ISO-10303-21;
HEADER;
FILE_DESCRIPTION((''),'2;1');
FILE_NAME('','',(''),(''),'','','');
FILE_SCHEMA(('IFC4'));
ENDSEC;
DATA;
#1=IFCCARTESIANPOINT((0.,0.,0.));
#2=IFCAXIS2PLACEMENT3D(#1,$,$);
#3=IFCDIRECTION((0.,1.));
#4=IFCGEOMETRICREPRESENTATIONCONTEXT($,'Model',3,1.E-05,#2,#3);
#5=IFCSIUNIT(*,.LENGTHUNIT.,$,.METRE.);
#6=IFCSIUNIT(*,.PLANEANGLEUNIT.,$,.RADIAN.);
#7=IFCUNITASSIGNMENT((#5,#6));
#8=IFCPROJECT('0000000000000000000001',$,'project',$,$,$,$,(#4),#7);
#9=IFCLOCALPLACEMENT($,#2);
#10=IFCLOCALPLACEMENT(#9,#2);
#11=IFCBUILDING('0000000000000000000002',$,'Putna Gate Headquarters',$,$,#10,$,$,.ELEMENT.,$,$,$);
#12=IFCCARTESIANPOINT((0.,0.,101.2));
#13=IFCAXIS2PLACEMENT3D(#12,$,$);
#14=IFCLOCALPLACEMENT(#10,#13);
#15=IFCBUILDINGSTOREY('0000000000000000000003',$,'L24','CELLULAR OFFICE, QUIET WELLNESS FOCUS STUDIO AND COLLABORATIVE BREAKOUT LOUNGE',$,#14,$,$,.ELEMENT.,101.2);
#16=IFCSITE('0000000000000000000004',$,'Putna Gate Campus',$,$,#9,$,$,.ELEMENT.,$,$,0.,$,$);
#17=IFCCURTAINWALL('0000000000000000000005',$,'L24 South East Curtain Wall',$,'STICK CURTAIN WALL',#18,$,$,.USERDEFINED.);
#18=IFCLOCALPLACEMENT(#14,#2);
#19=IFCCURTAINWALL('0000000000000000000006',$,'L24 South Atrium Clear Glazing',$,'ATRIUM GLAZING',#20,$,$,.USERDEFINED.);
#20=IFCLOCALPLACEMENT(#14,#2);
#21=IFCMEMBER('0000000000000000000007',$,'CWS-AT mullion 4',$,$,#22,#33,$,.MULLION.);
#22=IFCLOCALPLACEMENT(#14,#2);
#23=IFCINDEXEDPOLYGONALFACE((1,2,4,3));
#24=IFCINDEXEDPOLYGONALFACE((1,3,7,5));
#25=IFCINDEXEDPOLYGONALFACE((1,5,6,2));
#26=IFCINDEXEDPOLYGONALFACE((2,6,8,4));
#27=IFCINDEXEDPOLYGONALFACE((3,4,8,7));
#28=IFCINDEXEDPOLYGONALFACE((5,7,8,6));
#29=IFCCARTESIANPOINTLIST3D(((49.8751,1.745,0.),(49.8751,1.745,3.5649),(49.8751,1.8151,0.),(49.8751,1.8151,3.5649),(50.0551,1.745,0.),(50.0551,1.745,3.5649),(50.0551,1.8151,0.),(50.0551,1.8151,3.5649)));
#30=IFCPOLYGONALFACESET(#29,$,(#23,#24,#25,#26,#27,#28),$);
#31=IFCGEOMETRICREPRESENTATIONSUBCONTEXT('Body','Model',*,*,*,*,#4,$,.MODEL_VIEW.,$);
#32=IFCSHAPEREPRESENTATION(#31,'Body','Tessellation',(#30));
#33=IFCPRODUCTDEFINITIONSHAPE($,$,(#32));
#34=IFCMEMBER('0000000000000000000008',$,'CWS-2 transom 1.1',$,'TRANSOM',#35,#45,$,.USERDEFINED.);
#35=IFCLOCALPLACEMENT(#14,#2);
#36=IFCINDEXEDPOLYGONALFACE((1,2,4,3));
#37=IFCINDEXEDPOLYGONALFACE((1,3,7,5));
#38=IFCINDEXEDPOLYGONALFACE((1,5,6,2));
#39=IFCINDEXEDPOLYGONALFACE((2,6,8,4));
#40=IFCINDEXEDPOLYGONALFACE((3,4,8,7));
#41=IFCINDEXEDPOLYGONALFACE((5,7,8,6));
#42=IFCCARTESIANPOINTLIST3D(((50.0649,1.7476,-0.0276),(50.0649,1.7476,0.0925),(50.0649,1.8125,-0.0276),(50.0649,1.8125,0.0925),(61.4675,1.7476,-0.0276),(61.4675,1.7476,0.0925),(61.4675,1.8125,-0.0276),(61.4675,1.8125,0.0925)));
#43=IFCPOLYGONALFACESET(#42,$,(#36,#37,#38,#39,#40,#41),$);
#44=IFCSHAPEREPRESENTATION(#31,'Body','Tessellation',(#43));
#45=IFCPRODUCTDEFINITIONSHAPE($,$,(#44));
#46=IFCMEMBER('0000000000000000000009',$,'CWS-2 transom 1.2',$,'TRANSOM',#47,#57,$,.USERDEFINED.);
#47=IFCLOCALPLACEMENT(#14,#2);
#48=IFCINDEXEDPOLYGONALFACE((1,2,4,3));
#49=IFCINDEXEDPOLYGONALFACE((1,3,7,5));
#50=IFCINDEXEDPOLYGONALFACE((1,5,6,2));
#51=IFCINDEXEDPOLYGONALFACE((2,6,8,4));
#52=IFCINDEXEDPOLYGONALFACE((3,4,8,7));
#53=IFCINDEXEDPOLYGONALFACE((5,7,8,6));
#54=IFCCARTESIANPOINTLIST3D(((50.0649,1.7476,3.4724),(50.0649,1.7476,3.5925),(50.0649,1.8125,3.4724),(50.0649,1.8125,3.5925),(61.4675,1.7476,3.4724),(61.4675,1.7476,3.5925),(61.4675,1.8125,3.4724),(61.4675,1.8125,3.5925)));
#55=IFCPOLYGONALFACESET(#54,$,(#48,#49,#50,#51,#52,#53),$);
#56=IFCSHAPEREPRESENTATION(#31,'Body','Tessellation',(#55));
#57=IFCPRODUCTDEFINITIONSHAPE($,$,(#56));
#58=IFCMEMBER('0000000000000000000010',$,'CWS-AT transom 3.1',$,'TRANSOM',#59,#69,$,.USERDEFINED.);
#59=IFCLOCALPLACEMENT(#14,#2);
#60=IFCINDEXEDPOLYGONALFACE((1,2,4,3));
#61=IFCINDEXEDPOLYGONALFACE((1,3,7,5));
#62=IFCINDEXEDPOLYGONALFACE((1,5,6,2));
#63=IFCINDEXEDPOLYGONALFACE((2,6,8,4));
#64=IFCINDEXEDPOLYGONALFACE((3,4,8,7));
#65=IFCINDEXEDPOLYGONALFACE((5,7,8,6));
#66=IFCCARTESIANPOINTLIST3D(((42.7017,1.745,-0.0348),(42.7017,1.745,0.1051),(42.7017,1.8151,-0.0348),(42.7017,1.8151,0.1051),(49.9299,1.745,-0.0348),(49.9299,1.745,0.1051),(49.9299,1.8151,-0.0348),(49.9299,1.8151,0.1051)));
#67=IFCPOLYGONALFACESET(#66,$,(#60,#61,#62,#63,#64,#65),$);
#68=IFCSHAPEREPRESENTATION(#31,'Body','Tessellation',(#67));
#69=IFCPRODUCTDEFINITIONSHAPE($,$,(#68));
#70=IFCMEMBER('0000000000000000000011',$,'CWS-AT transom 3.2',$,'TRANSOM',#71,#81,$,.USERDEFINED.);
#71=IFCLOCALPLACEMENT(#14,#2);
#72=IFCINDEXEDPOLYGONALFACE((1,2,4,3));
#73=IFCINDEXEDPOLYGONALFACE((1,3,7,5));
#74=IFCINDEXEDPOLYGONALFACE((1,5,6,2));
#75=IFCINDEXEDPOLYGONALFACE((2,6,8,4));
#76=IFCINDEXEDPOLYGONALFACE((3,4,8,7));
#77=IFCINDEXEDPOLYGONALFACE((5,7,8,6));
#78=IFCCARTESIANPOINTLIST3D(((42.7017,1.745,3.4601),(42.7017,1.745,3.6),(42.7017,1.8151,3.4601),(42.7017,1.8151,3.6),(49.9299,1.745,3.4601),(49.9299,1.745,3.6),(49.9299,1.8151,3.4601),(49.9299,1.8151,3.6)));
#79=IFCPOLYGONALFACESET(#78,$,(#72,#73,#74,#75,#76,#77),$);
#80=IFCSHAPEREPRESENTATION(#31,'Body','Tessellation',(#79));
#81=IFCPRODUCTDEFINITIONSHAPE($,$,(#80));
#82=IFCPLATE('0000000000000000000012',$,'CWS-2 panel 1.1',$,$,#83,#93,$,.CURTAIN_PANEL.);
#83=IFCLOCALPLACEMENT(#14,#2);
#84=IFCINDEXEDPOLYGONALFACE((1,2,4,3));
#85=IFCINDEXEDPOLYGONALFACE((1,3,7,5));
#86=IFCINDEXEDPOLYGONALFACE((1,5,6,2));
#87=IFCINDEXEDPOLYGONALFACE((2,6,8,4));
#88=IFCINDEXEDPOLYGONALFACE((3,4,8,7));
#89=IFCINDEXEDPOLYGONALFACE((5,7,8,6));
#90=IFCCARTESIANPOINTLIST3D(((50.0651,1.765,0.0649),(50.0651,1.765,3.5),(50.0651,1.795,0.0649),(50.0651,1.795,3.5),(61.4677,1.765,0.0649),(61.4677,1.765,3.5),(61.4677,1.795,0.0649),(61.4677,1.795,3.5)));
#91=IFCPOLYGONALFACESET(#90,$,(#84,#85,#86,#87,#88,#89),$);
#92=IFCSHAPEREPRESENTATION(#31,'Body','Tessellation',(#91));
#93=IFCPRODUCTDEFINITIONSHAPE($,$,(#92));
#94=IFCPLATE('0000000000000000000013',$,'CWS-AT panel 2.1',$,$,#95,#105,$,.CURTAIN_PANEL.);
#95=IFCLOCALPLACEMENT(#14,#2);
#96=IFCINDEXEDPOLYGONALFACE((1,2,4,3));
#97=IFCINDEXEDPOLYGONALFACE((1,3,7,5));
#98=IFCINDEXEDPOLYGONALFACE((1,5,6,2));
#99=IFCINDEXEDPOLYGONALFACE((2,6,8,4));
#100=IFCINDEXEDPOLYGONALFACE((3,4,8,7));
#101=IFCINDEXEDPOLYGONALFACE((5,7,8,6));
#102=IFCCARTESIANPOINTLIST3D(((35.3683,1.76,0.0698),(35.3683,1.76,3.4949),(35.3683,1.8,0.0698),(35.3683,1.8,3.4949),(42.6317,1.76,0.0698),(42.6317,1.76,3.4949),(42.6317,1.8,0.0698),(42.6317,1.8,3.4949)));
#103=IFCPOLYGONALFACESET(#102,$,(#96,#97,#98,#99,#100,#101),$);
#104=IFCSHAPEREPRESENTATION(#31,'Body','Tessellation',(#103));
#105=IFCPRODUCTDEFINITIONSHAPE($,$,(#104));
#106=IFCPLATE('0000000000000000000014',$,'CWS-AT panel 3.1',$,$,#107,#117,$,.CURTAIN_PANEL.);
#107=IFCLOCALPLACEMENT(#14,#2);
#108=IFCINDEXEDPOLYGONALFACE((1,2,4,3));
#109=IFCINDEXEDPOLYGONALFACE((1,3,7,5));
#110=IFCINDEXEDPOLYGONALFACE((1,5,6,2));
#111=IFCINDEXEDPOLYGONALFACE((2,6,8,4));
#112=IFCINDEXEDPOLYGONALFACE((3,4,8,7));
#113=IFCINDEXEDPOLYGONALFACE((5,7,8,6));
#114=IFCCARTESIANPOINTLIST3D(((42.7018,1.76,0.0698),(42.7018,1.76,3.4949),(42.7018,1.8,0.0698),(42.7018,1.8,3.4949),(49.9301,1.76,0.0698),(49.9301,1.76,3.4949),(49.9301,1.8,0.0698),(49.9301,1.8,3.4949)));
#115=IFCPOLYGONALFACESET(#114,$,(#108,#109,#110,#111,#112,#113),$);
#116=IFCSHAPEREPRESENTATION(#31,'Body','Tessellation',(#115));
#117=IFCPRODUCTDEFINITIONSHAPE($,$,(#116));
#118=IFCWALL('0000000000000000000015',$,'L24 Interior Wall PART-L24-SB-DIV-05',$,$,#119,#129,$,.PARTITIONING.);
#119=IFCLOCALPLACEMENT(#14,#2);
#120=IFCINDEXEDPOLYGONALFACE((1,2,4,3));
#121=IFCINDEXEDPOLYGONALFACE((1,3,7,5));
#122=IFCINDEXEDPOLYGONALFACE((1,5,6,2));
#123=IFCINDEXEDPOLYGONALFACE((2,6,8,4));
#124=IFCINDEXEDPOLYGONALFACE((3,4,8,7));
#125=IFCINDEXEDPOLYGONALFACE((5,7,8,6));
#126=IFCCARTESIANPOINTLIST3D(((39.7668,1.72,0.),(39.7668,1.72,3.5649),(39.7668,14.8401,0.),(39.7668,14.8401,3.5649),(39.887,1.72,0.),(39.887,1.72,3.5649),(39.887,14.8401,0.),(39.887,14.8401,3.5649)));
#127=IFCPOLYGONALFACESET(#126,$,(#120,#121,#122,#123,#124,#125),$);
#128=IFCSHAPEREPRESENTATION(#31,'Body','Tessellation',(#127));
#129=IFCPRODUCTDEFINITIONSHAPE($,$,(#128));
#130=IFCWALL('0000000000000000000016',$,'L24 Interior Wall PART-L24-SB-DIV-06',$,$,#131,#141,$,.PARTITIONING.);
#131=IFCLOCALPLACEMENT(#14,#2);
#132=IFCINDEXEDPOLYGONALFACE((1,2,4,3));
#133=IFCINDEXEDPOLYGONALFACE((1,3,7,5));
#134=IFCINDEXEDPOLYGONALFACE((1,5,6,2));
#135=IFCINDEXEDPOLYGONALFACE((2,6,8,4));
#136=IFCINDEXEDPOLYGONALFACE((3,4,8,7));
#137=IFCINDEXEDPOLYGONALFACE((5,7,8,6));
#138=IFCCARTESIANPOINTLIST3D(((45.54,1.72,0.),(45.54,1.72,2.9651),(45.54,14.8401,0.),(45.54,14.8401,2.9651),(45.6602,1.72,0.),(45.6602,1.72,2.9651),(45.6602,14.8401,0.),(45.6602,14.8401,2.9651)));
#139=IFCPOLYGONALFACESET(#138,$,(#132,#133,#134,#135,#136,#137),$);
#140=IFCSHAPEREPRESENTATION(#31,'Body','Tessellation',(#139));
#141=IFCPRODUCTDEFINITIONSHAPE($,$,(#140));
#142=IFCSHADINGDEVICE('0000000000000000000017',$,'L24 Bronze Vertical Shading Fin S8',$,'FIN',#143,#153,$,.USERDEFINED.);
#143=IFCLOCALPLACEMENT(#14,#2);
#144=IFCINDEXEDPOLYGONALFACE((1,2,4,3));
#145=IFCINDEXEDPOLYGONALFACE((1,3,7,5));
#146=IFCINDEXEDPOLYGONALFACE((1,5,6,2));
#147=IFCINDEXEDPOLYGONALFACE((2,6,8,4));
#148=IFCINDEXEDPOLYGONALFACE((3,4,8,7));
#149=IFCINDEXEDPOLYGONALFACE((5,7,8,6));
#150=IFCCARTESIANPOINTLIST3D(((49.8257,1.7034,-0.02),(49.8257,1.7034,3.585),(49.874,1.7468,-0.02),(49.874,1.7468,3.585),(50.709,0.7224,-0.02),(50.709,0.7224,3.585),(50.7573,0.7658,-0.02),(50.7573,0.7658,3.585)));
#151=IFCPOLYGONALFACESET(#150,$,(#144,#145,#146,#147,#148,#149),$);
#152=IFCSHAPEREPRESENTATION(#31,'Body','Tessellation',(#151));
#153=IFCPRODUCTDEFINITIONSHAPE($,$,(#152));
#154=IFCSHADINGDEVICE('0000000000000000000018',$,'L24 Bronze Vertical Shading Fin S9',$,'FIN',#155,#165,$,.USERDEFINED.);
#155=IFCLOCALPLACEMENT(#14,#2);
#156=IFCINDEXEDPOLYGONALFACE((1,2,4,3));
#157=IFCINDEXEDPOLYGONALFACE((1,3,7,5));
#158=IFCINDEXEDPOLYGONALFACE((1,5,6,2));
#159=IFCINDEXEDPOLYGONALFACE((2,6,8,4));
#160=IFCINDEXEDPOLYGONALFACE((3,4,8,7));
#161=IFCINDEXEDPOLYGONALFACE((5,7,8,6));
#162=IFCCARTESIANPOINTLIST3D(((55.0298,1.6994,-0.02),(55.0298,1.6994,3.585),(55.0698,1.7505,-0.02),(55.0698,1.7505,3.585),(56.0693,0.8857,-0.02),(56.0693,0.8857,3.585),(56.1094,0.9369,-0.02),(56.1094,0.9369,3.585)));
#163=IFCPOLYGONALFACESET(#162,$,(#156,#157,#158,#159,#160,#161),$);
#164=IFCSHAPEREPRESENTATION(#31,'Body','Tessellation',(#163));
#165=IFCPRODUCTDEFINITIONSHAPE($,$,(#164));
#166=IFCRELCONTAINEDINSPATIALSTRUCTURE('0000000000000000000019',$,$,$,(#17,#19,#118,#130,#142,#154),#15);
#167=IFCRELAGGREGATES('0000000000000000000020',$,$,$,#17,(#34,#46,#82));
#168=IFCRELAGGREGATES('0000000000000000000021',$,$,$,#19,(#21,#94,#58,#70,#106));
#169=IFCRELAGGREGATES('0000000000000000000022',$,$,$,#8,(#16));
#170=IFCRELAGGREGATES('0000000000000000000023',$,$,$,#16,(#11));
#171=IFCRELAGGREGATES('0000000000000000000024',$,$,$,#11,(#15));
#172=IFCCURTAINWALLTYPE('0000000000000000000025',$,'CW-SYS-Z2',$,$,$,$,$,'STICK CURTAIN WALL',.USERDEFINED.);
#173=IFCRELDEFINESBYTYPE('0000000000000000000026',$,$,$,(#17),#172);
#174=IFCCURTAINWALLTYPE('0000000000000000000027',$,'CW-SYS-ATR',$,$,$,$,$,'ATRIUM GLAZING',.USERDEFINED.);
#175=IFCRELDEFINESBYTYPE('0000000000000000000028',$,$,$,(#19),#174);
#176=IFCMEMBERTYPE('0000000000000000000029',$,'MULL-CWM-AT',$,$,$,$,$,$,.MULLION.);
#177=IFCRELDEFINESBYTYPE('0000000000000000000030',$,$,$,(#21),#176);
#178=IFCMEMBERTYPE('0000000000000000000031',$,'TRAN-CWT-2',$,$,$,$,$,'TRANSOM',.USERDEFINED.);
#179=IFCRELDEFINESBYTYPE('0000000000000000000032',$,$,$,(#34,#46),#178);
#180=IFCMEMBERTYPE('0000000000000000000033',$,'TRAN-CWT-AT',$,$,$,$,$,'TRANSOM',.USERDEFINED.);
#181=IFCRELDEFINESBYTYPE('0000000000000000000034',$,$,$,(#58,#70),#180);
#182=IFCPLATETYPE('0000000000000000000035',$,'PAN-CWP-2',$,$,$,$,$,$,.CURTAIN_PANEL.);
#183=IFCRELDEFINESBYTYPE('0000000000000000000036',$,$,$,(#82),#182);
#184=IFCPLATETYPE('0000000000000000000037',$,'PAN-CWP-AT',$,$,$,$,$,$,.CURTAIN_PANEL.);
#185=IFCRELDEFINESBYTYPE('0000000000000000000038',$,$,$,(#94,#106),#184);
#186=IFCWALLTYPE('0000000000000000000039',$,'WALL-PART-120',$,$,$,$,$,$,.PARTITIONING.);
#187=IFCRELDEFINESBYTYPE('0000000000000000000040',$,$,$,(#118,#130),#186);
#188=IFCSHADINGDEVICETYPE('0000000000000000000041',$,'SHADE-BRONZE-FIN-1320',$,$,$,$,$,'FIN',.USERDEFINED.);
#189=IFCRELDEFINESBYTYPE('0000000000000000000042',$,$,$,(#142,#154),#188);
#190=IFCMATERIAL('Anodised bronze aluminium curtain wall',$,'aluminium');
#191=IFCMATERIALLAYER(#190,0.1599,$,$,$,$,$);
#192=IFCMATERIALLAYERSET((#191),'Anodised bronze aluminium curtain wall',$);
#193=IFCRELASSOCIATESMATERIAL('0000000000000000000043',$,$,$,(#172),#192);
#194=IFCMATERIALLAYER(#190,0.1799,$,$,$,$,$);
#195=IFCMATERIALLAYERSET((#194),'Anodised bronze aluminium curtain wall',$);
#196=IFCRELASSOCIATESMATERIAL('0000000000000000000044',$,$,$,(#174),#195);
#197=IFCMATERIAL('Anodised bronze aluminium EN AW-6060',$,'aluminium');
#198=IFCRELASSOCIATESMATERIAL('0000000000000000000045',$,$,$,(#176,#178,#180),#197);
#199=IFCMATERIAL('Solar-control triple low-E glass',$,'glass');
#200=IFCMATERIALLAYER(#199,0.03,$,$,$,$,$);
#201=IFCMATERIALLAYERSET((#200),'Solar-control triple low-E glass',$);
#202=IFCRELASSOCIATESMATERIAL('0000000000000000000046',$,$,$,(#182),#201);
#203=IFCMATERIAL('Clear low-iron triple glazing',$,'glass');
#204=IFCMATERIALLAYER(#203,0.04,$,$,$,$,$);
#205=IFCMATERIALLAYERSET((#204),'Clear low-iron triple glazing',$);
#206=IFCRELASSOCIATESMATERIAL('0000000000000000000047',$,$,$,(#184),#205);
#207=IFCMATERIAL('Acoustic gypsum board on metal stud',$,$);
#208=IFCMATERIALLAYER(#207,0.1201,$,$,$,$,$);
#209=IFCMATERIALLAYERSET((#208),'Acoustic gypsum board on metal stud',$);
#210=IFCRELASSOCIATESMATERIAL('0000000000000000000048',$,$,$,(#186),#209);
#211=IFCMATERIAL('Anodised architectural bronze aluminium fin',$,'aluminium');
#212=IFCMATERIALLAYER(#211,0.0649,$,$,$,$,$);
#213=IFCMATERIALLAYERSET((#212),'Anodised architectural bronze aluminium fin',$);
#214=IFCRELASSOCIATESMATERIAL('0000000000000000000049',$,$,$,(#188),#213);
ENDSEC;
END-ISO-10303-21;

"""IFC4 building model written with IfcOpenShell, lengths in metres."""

from ifc_helpers import new_model, si_unit, direction, frame, frame_2d, origin, origin_2d, place, context, subcontext, project, spatial, rectangle, extrude, material, layer, layer_set, material_profile, profile_set, type_object, element, aggregate, save


model = new_model("IFC4")

# Units and contexts
model_context = context("Model", 3, precision=1e-05, world=origin(), true_north=direction((0.0, 1.0)))
body_context = subcontext(model_context, "Body", "Model", "MODEL_VIEW")
ifc_project = project(units=[si_unit("LENGTHUNIT", "METRE"), si_unit("PLANEANGLEUNIT", "RADIAN")], contexts=[model_context])

# Site, building, storey
site_placement = place(None, origin())
site = spatial("IfcSite", under=ifc_project, at=site_placement, Name="Putna Gate Campus", CompositionType="ELEMENT", RefElevation=0.0)
building_placement = place(site_placement, origin())
building = spatial("IfcBuilding", under=site, at=building_placement, Name="Putna Gate Headquarters", CompositionType="ELEMENT")
storey_placement = place(building_placement, frame((0.0, 0.0, 101.2)))
storey = spatial("IfcBuildingStorey", under=building, at=storey_placement, Name="L24", Description="CELLULAR OFFICE, QUIET WELLNESS FOCUS STUDIO AND COLLABORATIVE BREAKOUT LOUNGE", CompositionType="ELEMENT", Elevation=101.2)

# Curtain wall
ifc_material_1 = material(Name="Anodised bronze aluminium curtain wall", Category="aluminium")
ifc_layer_1 = layer(ifc_material_1, 0.1599)
ifc_layer_set_1 = layer_set([ifc_layer_1], Name="Anodised bronze aluminium curtain wall")
curtain_wall_type_1 = type_object("IfcCurtainWallType", Name="CW-SYS-Z2", ElementType="STICK CURTAIN WALL", PredefinedType="USERDEFINED", material=ifc_layer_set_1)
curtain_wall_1_placement = place(storey_placement, origin())
curtain_wall_1 = element("IfcCurtainWall", 1, at=curtain_wall_1_placement, inside=storey, type_object=curtain_wall_type_1, Name="L24 South East Curtain Wall", ObjectType="STICK CURTAIN WALL", PredefinedType="USERDEFINED")
ifc_material_2 = material(Name="Anodised bronze aluminium EN AW-6060", Category="aluminium")

# Curtain wall, member
ifc_layer_2 = layer(ifc_material_1, 0.1799)
ifc_layer_set_2 = layer_set([ifc_layer_2], Name="Anodised bronze aluminium curtain wall")
curtain_wall_type_2 = type_object("IfcCurtainWallType", Name="CW-SYS-ATR", ElementType="ATRIUM GLAZING", PredefinedType="USERDEFINED", material=ifc_layer_set_2)
curtain_wall_2_placement = place(storey_placement, origin())
curtain_wall_2 = element("IfcCurtainWall", 2, at=curtain_wall_2_placement, inside=storey, type_object=curtain_wall_type_2, Name="L24 South Atrium Clear Glazing", ObjectType="ATRIUM GLAZING", PredefinedType="USERDEFINED")
ifc_material_profile_1 = material_profile(ifc_material_2, rectangle(XDim=0.0701, YDim=0.1799, at=origin_2d()), Name="Anodised bronze aluminium EN AW-6060")
ifc_profile_set_1 = profile_set([ifc_material_profile_1], Name="Anodised bronze aluminium EN AW-6060")
member_type_1 = type_object("IfcMemberType", Name="MULL-CWM-AT", PredefinedType="MULLION", material=ifc_profile_set_1)
member_1_placement = place(storey_placement, frame((49.9651, 1.78, 0.0), z_axis=(0.0, 0.0, 1.0), x_axis=(0.0, 1.0, 0.0)))
member_1 = element("IfcMember", 3, at=member_1_placement, type_object=member_type_1, Name="CWS-AT mullion 4", PredefinedType="MULLION", context=body_context, shape_type="SweptSolid", body=[
    extrude(rectangle(XDim=0.0701, YDim=0.1799, at=origin_2d()), origin(), (0.0, 0.0, 1.0), 3.5649),
])

# Members
ifc_material_profile_2 = material_profile(ifc_material_2, rectangle(XDim=0.0649, YDim=0.1201, at=origin_2d()), Name="Anodised bronze aluminium EN AW-6060")
ifc_profile_set_2 = profile_set([ifc_material_profile_2], Name="Anodised bronze aluminium EN AW-6060")
member_type_2 = type_object("IfcMemberType", Name="TRAN-CWT-2", ElementType="TRANSOM", PredefinedType="USERDEFINED", material=ifc_profile_set_2)
member_2_placement = place(storey_placement, frame((50.0649, 1.78, 0.0325), z_axis=(1.0, 0.0, 0.0), x_axis=(0.0, 1.0, 0.0)))
member_2 = element("IfcMember", 4, at=member_2_placement, type_object=member_type_2, Name="CWS-2 transom 1.1", ObjectType="TRANSOM", PredefinedType="USERDEFINED", context=body_context, shape_type="SweptSolid", body=[
    extrude(rectangle(XDim=0.0649, YDim=0.1201, at=origin_2d()), origin(), (0.0, 0.0, 1.0), 11.4026),
])
member_3_placement = place(storey_placement, frame((50.0649, 1.78, 3.5325), z_axis=(1.0, 0.0, 0.0), x_axis=(0.0, 1.0, 0.0)))
member_3 = element("IfcMember", 5, at=member_3_placement, type_object=member_type_2, Name="CWS-2 transom 1.2", ObjectType="TRANSOM", PredefinedType="USERDEFINED", context=body_context, shape_type="SweptSolid", body=[
    extrude(rectangle(XDim=0.0649, YDim=0.1201, at=origin_2d()), origin(), (0.0, 0.0, 1.0), 11.4026),
])
ifc_material_profile_3 = material_profile(ifc_material_2, rectangle(XDim=0.0701, YDim=0.1399, at=origin_2d()), Name="Anodised bronze aluminium EN AW-6060")
ifc_profile_set_3 = profile_set([ifc_material_profile_3], Name="Anodised bronze aluminium EN AW-6060")
member_type_3 = type_object("IfcMemberType", Name="TRAN-CWT-AT", ElementType="TRANSOM", PredefinedType="USERDEFINED", material=ifc_profile_set_3)
member_4_placement = place(storey_placement, frame((42.7017, 1.78, 0.0352), z_axis=(1.0, 0.0, 0.0), x_axis=(0.0, 1.0, 0.0)))
member_4 = element("IfcMember", 6, at=member_4_placement, type_object=member_type_3, Name="CWS-AT transom 3.1", ObjectType="TRANSOM", PredefinedType="USERDEFINED", context=body_context, shape_type="SweptSolid", body=[
    extrude(rectangle(XDim=0.0701, YDim=0.1399, at=origin_2d()), origin(), (0.0, 0.0, 1.0), 7.2283),
])
member_5_placement = place(storey_placement, frame((42.7017, 1.78, 3.53), z_axis=(1.0, 0.0, 0.0), x_axis=(0.0, 1.0, 0.0)))
member_5 = element("IfcMember", 7, at=member_5_placement, type_object=member_type_3, Name="CWS-AT transom 3.2", ObjectType="TRANSOM", PredefinedType="USERDEFINED", context=body_context, shape_type="SweptSolid", body=[
    extrude(rectangle(XDim=0.0701, YDim=0.1399, at=origin_2d()), origin(), (0.0, 0.0, 1.0), 7.2283),
])

# Plates
ifc_material_3 = material(Name="Solar-control triple low-E glass", Category="glass")
ifc_layer_3 = layer(ifc_material_3, 0.03)
ifc_layer_set_3 = layer_set([ifc_layer_3], Name="Solar-control triple low-E glass")
plate_type_1 = type_object("IfcPlateType", Name="PAN-CWP-2", PredefinedType="CURTAIN_PANEL", material=ifc_layer_set_3)
plate_1_placement = place(storey_placement, frame((55.7664, 1.78, 0.0649), z_axis=(0.0, 0.0, 1.0), x_axis=(1.0, 0.0, 0.0)))
plate_1 = element("IfcPlate", 8, at=plate_1_placement, type_object=plate_type_1, Name="CWS-2 panel 1.1", PredefinedType="CURTAIN_PANEL", context=body_context, shape_type="SweptSolid", body=[
    extrude(rectangle(XDim=11.4026, YDim=0.03, at=origin_2d()), origin(), (0.0, 0.0, 1.0), 3.4351),
])
aggregate(curtain_wall_1, [member_2, member_3, plate_1])
ifc_material_4 = material(Name="Clear low-iron triple glazing", Category="glass")
ifc_layer_4 = layer(ifc_material_4, 0.04)
ifc_layer_set_4 = layer_set([ifc_layer_4], Name="Clear low-iron triple glazing")
plate_type_2 = type_object("IfcPlateType", Name="PAN-CWP-AT", PredefinedType="CURTAIN_PANEL", material=ifc_layer_set_4)
plate_2_placement = place(storey_placement, frame((39.0, 1.78, 0.0698), z_axis=(0.0, 0.0, 1.0), x_axis=(1.0, 0.0, 0.0)))
plate_2 = element("IfcPlate", 9, at=plate_2_placement, type_object=plate_type_2, Name="CWS-AT panel 2.1", PredefinedType="CURTAIN_PANEL", context=body_context, shape_type="SweptSolid", body=[
    extrude(rectangle(XDim=7.2634, YDim=0.04, at=origin_2d()), origin(), (0.0, 0.0, 1.0), 3.425),
])
plate_3_placement = place(storey_placement, frame((46.3159, 1.78, 0.0698), z_axis=(0.0, 0.0, 1.0), x_axis=(1.0, 0.0, 0.0)))
plate_3 = element("IfcPlate", 10, at=plate_3_placement, type_object=plate_type_2, Name="CWS-AT panel 3.1", PredefinedType="CURTAIN_PANEL", context=body_context, shape_type="SweptSolid", body=[
    extrude(rectangle(XDim=7.2283, YDim=0.04, at=origin_2d()), origin(), (0.0, 0.0, 1.0), 3.425),
])
aggregate(curtain_wall_2, [member_1, plate_2, member_4, member_5, plate_3])

# Walls
ifc_material_5 = material(Name="Acoustic gypsum board on metal stud")
ifc_layer_5 = layer(ifc_material_5, 0.1201)
ifc_layer_set_5 = layer_set([ifc_layer_5], Name="Acoustic gypsum board on metal stud")
wall_type = type_object("IfcWallType", Name="WALL-PART-120", PredefinedType="PARTITIONING", material=ifc_layer_set_5)
wall_1_placement = place(storey_placement, frame((39.8269, 1.72, 0.0), z_axis=(0.0, 0.0, 1.0), x_axis=(0.0, 1.0, 0.0)))
element("IfcWall", 11, at=wall_1_placement, inside=storey, type_object=wall_type, Name="L24 Interior Wall PART-L24-SB-DIV-05", PredefinedType="PARTITIONING", context=body_context, shape_type="SweptSolid", body=[
    extrude(rectangle(XDim=13.1201, YDim=0.1201, at=frame_2d((6.5601, 0.0))), origin(), (0.0, 0.0, 1.0), 3.5649),
])
wall_2_placement = place(storey_placement, frame((45.6001, 1.72, 0.0), z_axis=(0.0, 0.0, 1.0), x_axis=(0.0, 1.0, 0.0)))
element("IfcWall", 12, at=wall_2_placement, inside=storey, type_object=wall_type, Name="L24 Interior Wall PART-L24-SB-DIV-06", PredefinedType="PARTITIONING", context=body_context, shape_type="SweptSolid", body=[
    extrude(rectangle(XDim=13.1201, YDim=0.1201, at=frame_2d((6.5601, 0.0))), origin(), (0.0, 0.0, 1.0), 2.9651),
])

# Shading devices
ifc_material_6 = material(Name="Anodised architectural bronze aluminium fin", Category="aluminium")
ifc_layer_6 = layer(ifc_material_6, 0.0649)
ifc_layer_set_6 = layer_set([ifc_layer_6], Name="Anodised architectural bronze aluminium fin")
shading_device_type = type_object("IfcShadingDeviceType", Name="SHADE-BRONZE-FIN-1320", ElementType="FIN", PredefinedType="USERDEFINED", material=ifc_layer_set_6)
for number, where, z_axis, x_axis, name in (
    (13, (50.2915, 1.2346, -0.02), (0.0, 0.0, 1.0), (0.669131, -0.743145, 0.0), "L24 Bronze Vertical Shading Fin S8"),
    (14, (55.5696, 1.3181, -0.02), (0.0, 0.0, 1.0), (0.787473, -0.616349, 0.0), "L24 Bronze Vertical Shading Fin S9"),
):
    element("IfcShadingDevice", number, at=place(storey_placement, frame(where, z_axis=z_axis, x_axis=x_axis)), inside=storey, type_object=shading_device_type, Name=name, ObjectType="FIN", PredefinedType="USERDEFINED", context=body_context, shape_type="SweptSolid", body=[
        extrude(rectangle(XDim=1.3201, YDim=0.0649, at=origin_2d()), origin(), (0.0, 0.0, 1.0), 3.605),
    ])

save(model, "model.ifc")
